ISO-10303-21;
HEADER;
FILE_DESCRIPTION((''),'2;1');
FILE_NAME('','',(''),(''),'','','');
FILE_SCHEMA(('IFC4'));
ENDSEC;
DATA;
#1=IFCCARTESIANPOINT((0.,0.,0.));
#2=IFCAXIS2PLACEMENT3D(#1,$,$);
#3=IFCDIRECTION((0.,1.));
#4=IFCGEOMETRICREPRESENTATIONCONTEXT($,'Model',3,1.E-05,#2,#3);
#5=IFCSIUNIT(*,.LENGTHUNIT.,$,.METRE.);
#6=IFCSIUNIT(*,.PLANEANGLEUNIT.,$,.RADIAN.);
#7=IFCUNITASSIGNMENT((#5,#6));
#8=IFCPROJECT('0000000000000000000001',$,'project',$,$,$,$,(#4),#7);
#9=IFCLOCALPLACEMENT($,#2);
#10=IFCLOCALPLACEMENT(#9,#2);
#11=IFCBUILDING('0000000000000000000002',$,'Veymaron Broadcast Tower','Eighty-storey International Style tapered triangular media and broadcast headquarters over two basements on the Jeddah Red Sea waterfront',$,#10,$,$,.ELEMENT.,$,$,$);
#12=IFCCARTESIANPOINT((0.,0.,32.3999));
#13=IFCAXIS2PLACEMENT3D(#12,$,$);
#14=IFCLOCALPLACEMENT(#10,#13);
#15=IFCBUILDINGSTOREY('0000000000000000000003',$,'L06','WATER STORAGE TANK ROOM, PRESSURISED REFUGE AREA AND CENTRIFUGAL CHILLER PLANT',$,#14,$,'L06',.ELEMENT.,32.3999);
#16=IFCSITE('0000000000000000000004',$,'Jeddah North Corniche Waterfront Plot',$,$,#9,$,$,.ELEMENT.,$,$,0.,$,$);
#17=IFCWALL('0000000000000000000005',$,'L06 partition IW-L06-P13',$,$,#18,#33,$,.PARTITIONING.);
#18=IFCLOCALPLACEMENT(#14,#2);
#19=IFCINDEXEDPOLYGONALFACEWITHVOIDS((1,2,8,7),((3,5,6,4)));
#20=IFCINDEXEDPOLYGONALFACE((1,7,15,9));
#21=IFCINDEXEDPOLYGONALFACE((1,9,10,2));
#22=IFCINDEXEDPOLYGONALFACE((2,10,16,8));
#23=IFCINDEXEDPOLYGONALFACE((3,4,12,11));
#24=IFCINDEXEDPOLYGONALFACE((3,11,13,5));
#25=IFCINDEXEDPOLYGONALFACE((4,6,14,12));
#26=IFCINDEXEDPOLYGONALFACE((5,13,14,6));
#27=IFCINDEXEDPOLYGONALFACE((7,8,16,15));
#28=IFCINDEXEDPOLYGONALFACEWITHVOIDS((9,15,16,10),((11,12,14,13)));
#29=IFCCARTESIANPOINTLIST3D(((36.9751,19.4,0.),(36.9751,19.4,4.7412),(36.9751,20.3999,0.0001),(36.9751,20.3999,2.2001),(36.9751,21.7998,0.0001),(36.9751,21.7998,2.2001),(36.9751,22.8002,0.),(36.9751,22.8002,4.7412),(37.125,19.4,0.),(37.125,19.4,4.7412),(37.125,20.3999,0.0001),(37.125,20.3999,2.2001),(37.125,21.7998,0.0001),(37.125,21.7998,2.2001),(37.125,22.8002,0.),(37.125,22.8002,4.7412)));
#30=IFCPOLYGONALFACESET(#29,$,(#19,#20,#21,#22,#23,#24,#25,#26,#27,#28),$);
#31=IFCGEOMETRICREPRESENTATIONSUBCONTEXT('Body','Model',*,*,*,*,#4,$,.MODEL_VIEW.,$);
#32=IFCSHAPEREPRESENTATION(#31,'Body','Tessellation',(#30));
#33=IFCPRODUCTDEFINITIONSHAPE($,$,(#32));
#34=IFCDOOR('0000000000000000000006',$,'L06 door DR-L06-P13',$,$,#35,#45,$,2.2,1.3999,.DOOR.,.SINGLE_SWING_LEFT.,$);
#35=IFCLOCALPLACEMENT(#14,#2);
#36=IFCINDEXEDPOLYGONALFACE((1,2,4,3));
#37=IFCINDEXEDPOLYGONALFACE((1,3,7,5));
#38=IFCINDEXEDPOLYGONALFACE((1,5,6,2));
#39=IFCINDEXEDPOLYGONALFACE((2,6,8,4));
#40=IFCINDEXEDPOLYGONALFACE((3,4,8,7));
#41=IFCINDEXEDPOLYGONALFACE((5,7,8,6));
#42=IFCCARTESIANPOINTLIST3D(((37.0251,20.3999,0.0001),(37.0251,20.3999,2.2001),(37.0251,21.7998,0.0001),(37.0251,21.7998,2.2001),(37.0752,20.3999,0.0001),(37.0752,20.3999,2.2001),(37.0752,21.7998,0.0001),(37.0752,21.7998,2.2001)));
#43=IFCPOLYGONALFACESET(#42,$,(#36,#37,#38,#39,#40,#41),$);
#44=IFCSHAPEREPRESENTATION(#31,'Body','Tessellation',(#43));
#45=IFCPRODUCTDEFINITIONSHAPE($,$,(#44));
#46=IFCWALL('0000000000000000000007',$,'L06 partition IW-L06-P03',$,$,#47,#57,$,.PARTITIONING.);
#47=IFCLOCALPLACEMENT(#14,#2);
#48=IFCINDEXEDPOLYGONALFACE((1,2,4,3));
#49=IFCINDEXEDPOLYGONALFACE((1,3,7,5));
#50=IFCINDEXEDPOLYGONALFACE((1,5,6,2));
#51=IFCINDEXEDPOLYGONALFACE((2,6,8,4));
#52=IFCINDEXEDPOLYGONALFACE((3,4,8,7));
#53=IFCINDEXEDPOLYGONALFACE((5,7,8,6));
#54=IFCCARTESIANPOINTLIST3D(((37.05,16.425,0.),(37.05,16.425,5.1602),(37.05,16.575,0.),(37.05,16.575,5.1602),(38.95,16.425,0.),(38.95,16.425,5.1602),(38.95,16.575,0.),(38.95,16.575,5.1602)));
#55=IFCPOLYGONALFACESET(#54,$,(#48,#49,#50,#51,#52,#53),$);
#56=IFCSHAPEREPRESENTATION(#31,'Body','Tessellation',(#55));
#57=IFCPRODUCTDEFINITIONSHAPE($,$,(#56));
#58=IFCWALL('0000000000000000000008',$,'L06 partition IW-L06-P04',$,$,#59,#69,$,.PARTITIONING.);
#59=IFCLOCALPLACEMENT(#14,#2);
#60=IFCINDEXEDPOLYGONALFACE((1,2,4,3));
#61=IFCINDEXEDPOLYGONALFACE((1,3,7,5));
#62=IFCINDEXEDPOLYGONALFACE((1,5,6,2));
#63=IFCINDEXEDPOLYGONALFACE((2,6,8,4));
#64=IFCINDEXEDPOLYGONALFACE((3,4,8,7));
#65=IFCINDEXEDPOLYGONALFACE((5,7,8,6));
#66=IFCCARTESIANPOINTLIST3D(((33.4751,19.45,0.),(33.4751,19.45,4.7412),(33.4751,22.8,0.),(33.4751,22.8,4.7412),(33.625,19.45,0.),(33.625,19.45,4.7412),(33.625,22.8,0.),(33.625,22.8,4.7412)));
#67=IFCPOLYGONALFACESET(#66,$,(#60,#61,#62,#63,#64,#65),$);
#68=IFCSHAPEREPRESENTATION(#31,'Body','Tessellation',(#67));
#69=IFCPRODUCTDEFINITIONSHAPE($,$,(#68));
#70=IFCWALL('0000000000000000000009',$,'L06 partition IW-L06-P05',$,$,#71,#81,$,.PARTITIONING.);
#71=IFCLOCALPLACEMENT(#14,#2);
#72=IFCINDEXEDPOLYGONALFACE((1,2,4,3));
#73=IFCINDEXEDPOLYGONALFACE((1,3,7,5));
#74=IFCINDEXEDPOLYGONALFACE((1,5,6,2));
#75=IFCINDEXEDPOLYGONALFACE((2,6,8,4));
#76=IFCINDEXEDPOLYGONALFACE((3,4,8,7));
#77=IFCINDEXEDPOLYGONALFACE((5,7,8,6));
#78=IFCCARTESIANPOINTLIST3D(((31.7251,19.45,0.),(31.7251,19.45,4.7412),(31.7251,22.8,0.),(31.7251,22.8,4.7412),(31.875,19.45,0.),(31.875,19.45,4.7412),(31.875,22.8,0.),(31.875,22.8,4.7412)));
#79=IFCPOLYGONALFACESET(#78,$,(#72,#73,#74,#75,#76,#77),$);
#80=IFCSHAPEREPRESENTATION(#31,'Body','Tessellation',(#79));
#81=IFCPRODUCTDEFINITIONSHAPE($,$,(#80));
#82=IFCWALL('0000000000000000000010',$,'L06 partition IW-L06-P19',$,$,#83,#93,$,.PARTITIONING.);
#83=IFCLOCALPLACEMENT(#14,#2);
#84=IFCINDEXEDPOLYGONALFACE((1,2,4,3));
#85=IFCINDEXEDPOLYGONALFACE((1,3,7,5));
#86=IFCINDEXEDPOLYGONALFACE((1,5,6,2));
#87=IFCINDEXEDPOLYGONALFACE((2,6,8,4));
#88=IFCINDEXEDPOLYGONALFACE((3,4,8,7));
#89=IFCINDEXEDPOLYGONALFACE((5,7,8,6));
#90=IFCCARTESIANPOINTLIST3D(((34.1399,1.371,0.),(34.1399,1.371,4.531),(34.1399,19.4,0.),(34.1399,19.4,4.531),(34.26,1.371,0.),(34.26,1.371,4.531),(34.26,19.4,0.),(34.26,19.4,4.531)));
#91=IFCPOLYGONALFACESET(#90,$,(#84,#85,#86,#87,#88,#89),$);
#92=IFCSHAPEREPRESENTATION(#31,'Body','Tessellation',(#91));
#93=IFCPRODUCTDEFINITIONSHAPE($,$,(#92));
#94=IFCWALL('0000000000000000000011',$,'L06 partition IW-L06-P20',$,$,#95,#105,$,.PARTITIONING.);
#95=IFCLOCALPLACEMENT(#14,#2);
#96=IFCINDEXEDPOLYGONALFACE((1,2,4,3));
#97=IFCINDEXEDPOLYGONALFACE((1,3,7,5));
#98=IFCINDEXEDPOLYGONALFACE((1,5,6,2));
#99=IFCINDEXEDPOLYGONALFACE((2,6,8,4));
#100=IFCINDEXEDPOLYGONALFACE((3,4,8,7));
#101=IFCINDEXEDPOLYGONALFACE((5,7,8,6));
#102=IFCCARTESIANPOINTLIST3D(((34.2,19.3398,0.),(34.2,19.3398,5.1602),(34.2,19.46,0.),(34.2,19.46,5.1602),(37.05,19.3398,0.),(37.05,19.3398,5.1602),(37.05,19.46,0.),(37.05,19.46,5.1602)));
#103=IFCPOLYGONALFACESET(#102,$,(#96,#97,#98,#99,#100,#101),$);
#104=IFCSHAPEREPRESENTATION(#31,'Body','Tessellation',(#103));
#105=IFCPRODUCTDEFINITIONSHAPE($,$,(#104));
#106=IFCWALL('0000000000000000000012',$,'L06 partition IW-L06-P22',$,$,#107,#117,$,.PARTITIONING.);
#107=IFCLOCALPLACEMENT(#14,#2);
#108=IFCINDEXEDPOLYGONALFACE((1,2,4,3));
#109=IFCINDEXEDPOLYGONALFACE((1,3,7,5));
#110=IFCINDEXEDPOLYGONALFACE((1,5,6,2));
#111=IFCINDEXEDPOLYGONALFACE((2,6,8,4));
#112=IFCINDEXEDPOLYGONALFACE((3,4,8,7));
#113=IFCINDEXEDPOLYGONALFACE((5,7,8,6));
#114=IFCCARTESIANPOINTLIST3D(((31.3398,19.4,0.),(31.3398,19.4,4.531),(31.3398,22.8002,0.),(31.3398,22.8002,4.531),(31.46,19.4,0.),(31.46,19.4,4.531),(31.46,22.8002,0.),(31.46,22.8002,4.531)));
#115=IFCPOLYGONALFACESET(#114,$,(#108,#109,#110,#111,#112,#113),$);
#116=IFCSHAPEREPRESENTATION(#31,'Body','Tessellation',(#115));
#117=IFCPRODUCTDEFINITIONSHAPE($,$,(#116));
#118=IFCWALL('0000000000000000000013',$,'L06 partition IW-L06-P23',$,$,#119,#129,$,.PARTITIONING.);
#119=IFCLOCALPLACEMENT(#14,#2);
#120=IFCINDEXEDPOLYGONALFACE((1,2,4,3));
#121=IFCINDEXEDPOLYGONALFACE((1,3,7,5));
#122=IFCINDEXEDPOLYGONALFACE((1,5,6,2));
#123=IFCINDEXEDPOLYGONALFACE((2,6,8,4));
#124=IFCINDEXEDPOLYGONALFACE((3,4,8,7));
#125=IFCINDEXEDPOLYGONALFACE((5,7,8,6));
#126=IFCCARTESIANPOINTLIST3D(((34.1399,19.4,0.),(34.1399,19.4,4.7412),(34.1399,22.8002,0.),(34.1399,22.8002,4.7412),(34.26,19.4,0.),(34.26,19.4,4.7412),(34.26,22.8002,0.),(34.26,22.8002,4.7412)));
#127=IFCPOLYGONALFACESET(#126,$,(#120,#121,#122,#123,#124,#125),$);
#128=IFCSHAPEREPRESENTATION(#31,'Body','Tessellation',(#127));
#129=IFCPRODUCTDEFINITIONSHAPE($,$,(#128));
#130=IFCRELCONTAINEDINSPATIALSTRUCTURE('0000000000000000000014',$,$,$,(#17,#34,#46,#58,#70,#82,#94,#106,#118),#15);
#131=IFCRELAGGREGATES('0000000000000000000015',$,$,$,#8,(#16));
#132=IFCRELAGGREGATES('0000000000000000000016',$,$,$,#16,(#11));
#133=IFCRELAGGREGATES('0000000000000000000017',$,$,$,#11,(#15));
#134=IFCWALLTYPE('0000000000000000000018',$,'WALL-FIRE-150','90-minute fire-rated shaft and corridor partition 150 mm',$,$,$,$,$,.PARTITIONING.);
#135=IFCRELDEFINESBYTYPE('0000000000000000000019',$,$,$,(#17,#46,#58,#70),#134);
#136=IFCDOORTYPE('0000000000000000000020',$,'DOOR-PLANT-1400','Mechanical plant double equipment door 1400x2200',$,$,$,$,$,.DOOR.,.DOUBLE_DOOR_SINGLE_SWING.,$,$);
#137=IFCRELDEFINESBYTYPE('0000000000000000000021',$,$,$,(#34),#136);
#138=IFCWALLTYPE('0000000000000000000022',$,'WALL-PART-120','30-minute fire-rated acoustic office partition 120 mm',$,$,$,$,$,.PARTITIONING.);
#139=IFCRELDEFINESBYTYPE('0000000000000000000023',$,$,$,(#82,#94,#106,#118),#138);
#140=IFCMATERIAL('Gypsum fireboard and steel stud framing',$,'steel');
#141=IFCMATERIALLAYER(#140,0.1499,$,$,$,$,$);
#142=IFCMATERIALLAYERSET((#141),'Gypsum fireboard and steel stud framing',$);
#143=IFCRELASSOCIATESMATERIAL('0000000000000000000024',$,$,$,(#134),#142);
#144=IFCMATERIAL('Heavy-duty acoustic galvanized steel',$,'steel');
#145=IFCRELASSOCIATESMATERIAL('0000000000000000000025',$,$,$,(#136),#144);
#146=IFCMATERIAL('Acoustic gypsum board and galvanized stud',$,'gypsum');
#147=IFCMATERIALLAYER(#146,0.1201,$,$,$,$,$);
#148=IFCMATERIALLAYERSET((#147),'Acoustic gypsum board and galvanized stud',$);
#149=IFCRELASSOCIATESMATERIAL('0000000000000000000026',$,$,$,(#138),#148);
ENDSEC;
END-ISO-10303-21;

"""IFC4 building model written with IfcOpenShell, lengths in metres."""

from ifc_helpers import new_model, si_unit, direction, frame, frame_2d, origin, place, context, subcontext, project, spatial, rectangle, extrude, material, layer, layer_set, type_object, element, fill, save


model = new_model("IFC4")

# Units and contexts
model_context = context("Model", 3, precision=1e-05, world=origin(), true_north=direction((0.0, 1.0)))
body_context = subcontext(model_context, "Body", "Model", "MODEL_VIEW")
ifc_project = project(units=[si_unit("LENGTHUNIT", "METRE"), si_unit("PLANEANGLEUNIT", "RADIAN")], contexts=[model_context])

# Site, building, storey
site_placement = place(None, origin())
site = spatial("IfcSite", under=ifc_project, at=site_placement, Name="Jeddah North Corniche Waterfront Plot", CompositionType="ELEMENT", RefElevation=0.0)
building_placement = place(site_placement, origin())
building = spatial("IfcBuilding", under=site, at=building_placement, Name="Veymaron Broadcast Tower", Description="Eighty-storey International Style tapered triangular media and broadcast headquarters over two basements on the Jeddah Red Sea waterfront", CompositionType="ELEMENT")
storey_placement = place(building_placement, frame((0.0, 0.0, 32.3999)))
storey = spatial("IfcBuildingStorey", under=building, at=storey_placement, Name="L06", Description="WATER STORAGE TANK ROOM, PRESSURISED REFUGE AREA AND CENTRIFUGAL CHILLER PLANT", LongName="L06", CompositionType="ELEMENT", Elevation=32.3999)

# Wall, opening, door
ifc_material_1 = material(Name="Gypsum fireboard and steel stud framing", Category="steel")
ifc_layer_1 = layer(ifc_material_1, 0.1499)
ifc_layer_set_1 = layer_set([ifc_layer_1], Name="Gypsum fireboard and steel stud framing")
wall_type_1 = type_object("IfcWallType", Name="WALL-FIRE-150", Description="90-minute fire-rated shaft and corridor partition 150 mm", PredefinedType="PARTITIONING", material=ifc_layer_set_1)
ifc_material_2 = material(Name="Heavy-duty acoustic galvanized steel", Category="steel")
door_type_1 = type_object("IfcDoorType", Name="DOOR-PLANT-1400", Description="Mechanical plant double equipment door 1400x2200", OperationType="DOUBLE_DOOR_SINGLE_SWING", PredefinedType="DOOR", material=ifc_material_2)
wall_1_placement = place(storey_placement, frame((37.05, 19.3999, 0.0), z_axis=(0.0, 0.0, 1.0), x_axis=(0.0, 1.0, 0.0)))
wall_1 = element("IfcWall", 1, at=wall_1_placement, inside=storey, type_object=wall_type_1, Name="L06 partition IW-L06-P13", PredefinedType="PARTITIONING", context=body_context, shape_type="SweptSolid", body=[
    extrude(rectangle(XDim=3.4001, YDim=0.1499, at=frame_2d((1.7002, 0.0))), origin(), (0.0, 0.0, 1.0), 4.7412),
])
opening_1_placement = place(wall_1_placement, frame((1.0, 0.0, 0.0)))
opening_1 = element("IfcOpeningElement", 2, at=opening_1_placement, cuts=wall_1, PredefinedType="OPENING", context=body_context, shape_type="SweptSolid", body=[
    extrude(rectangle(XDim=1.3999, YDim=2.2, at=frame_2d((0.7, 1.1001))), frame((0.0, 0.085, 0.0), z_axis=(0.0, -1.0, 0.0), x_axis=(1.0, 0.0, 0.0)), (0.0, 0.0, 1.0), 0.1699),
])
door_1_placement = place(opening_1_placement, origin())
door_1 = element("IfcDoor", 3, at=door_1_placement, inside=storey, type_object=door_type_1, Name="L06 door DR-L06-P13", OperationType="SINGLE_SWING_LEFT", OverallHeight=2.2, OverallWidth=1.3999, PredefinedType="DOOR", context=body_context, shape_type="SweptSolid", body=[
    extrude(rectangle(XDim=1.3999, YDim=2.2, at=frame_2d((0.7, 1.1001))), frame((0.0, 0.0249, 0.0), z_axis=(0.0, -1.0, 0.0), x_axis=(1.0, 0.0, 0.0)), (0.0, 0.0, 1.0), 0.05),
])
fill(opening_1, door_1)

# Walls
wall_2_placement = place(storey_placement, frame((37.05, 16.5, 0.0), z_axis=(0.0, 0.0, 1.0), x_axis=(1.0, 0.0, 0.0)))
element("IfcWall", 4, at=wall_2_placement, inside=storey, type_object=wall_type_1, Name="L06 partition IW-L06-P03", PredefinedType="PARTITIONING", context=body_context, shape_type="SweptSolid", body=[
    extrude(rectangle(XDim=1.8999, YDim=0.1499, at=frame_2d((0.95, 0.0))), origin(), (0.0, 0.0, 1.0), 5.1602),
])
for number, where, z_axis, x_axis, name in (
    (5, (33.55, 19.45, 0.0), (0.0, 0.0, 1.0), (0.0, 1.0, 0.0), "L06 partition IW-L06-P04"),
    (6, (31.8, 19.45, 0.0), (0.0, 0.0, 1.0), (0.0, 1.0, 0.0), "L06 partition IW-L06-P05"),
):
    element("IfcWall", number, at=place(storey_placement, frame(where, z_axis=z_axis, x_axis=x_axis)), inside=storey, type_object=wall_type_1, Name=name, PredefinedType="PARTITIONING", context=body_context, shape_type="SweptSolid", body=[
        extrude(rectangle(XDim=3.3501, YDim=0.1499, at=frame_2d((1.675, 0.0))), origin(), (0.0, 0.0, 1.0), 4.7412),
    ])
ifc_material_3 = material(Name="Acoustic gypsum board and galvanized stud", Category="gypsum")
ifc_layer_2 = layer(ifc_material_3, 0.1201)
ifc_layer_set_2 = layer_set([ifc_layer_2], Name="Acoustic gypsum board and galvanized stud")
wall_type_2 = type_object("IfcWallType", Name="WALL-PART-120", Description="30-minute fire-rated acoustic office partition 120 mm", PredefinedType="PARTITIONING", material=ifc_layer_set_2)
wall_3_placement = place(storey_placement, frame((34.2, 1.3708, 0.0), z_axis=(0.0, 0.0, 1.0), x_axis=(0.0, 1.0, 0.0)))
element("IfcWall", 7, at=wall_3_placement, inside=storey, type_object=wall_type_2, Name="L06 partition IW-L06-P19", PredefinedType="PARTITIONING", context=body_context, shape_type="SweptSolid", body=[
    extrude(rectangle(XDim=18.0291, YDim=0.1201, at=frame_2d((9.0146, 0.0))), origin(), (0.0, 0.0, 1.0), 4.531),
])
wall_4_placement = place(storey_placement, frame((34.2, 19.3999, 0.0), z_axis=(0.0, 0.0, 1.0), x_axis=(1.0, 0.0, 0.0)))
element("IfcWall", 8, at=wall_4_placement, inside=storey, type_object=wall_type_2, Name="L06 partition IW-L06-P20", PredefinedType="PARTITIONING", context=body_context, shape_type="SweptSolid", body=[
    extrude(rectangle(XDim=2.8501, YDim=0.1201, at=frame_2d((1.425, 0.0))), origin(), (0.0, 0.0, 1.0), 5.1602),
])
wall_5_placement = place(storey_placement, frame((31.3999, 19.3999, 0.0), z_axis=(0.0, 0.0, 1.0), x_axis=(0.0, 1.0, 0.0)))
element("IfcWall", 9, at=wall_5_placement, inside=storey, type_object=wall_type_2, Name="L06 partition IW-L06-P22", PredefinedType="PARTITIONING", context=body_context, shape_type="SweptSolid", body=[
    extrude(rectangle(XDim=3.4001, YDim=0.1201, at=frame_2d((1.7002, 0.0))), origin(), (0.0, 0.0, 1.0), 4.531),
])
wall_6_placement = place(storey_placement, frame((34.2, 19.3999, 0.0), z_axis=(0.0, 0.0, 1.0), x_axis=(0.0, 1.0, 0.0)))
element("IfcWall", 10, at=wall_6_placement, inside=storey, type_object=wall_type_2, Name="L06 partition IW-L06-P23", PredefinedType="PARTITIONING", context=body_context, shape_type="SweptSolid", body=[
    extrude(rectangle(XDim=3.4001, YDim=0.1201, at=frame_2d((1.7002, 0.0))), origin(), (0.0, 0.0, 1.0), 4.7412),
])

save(model, "model.ifc")
